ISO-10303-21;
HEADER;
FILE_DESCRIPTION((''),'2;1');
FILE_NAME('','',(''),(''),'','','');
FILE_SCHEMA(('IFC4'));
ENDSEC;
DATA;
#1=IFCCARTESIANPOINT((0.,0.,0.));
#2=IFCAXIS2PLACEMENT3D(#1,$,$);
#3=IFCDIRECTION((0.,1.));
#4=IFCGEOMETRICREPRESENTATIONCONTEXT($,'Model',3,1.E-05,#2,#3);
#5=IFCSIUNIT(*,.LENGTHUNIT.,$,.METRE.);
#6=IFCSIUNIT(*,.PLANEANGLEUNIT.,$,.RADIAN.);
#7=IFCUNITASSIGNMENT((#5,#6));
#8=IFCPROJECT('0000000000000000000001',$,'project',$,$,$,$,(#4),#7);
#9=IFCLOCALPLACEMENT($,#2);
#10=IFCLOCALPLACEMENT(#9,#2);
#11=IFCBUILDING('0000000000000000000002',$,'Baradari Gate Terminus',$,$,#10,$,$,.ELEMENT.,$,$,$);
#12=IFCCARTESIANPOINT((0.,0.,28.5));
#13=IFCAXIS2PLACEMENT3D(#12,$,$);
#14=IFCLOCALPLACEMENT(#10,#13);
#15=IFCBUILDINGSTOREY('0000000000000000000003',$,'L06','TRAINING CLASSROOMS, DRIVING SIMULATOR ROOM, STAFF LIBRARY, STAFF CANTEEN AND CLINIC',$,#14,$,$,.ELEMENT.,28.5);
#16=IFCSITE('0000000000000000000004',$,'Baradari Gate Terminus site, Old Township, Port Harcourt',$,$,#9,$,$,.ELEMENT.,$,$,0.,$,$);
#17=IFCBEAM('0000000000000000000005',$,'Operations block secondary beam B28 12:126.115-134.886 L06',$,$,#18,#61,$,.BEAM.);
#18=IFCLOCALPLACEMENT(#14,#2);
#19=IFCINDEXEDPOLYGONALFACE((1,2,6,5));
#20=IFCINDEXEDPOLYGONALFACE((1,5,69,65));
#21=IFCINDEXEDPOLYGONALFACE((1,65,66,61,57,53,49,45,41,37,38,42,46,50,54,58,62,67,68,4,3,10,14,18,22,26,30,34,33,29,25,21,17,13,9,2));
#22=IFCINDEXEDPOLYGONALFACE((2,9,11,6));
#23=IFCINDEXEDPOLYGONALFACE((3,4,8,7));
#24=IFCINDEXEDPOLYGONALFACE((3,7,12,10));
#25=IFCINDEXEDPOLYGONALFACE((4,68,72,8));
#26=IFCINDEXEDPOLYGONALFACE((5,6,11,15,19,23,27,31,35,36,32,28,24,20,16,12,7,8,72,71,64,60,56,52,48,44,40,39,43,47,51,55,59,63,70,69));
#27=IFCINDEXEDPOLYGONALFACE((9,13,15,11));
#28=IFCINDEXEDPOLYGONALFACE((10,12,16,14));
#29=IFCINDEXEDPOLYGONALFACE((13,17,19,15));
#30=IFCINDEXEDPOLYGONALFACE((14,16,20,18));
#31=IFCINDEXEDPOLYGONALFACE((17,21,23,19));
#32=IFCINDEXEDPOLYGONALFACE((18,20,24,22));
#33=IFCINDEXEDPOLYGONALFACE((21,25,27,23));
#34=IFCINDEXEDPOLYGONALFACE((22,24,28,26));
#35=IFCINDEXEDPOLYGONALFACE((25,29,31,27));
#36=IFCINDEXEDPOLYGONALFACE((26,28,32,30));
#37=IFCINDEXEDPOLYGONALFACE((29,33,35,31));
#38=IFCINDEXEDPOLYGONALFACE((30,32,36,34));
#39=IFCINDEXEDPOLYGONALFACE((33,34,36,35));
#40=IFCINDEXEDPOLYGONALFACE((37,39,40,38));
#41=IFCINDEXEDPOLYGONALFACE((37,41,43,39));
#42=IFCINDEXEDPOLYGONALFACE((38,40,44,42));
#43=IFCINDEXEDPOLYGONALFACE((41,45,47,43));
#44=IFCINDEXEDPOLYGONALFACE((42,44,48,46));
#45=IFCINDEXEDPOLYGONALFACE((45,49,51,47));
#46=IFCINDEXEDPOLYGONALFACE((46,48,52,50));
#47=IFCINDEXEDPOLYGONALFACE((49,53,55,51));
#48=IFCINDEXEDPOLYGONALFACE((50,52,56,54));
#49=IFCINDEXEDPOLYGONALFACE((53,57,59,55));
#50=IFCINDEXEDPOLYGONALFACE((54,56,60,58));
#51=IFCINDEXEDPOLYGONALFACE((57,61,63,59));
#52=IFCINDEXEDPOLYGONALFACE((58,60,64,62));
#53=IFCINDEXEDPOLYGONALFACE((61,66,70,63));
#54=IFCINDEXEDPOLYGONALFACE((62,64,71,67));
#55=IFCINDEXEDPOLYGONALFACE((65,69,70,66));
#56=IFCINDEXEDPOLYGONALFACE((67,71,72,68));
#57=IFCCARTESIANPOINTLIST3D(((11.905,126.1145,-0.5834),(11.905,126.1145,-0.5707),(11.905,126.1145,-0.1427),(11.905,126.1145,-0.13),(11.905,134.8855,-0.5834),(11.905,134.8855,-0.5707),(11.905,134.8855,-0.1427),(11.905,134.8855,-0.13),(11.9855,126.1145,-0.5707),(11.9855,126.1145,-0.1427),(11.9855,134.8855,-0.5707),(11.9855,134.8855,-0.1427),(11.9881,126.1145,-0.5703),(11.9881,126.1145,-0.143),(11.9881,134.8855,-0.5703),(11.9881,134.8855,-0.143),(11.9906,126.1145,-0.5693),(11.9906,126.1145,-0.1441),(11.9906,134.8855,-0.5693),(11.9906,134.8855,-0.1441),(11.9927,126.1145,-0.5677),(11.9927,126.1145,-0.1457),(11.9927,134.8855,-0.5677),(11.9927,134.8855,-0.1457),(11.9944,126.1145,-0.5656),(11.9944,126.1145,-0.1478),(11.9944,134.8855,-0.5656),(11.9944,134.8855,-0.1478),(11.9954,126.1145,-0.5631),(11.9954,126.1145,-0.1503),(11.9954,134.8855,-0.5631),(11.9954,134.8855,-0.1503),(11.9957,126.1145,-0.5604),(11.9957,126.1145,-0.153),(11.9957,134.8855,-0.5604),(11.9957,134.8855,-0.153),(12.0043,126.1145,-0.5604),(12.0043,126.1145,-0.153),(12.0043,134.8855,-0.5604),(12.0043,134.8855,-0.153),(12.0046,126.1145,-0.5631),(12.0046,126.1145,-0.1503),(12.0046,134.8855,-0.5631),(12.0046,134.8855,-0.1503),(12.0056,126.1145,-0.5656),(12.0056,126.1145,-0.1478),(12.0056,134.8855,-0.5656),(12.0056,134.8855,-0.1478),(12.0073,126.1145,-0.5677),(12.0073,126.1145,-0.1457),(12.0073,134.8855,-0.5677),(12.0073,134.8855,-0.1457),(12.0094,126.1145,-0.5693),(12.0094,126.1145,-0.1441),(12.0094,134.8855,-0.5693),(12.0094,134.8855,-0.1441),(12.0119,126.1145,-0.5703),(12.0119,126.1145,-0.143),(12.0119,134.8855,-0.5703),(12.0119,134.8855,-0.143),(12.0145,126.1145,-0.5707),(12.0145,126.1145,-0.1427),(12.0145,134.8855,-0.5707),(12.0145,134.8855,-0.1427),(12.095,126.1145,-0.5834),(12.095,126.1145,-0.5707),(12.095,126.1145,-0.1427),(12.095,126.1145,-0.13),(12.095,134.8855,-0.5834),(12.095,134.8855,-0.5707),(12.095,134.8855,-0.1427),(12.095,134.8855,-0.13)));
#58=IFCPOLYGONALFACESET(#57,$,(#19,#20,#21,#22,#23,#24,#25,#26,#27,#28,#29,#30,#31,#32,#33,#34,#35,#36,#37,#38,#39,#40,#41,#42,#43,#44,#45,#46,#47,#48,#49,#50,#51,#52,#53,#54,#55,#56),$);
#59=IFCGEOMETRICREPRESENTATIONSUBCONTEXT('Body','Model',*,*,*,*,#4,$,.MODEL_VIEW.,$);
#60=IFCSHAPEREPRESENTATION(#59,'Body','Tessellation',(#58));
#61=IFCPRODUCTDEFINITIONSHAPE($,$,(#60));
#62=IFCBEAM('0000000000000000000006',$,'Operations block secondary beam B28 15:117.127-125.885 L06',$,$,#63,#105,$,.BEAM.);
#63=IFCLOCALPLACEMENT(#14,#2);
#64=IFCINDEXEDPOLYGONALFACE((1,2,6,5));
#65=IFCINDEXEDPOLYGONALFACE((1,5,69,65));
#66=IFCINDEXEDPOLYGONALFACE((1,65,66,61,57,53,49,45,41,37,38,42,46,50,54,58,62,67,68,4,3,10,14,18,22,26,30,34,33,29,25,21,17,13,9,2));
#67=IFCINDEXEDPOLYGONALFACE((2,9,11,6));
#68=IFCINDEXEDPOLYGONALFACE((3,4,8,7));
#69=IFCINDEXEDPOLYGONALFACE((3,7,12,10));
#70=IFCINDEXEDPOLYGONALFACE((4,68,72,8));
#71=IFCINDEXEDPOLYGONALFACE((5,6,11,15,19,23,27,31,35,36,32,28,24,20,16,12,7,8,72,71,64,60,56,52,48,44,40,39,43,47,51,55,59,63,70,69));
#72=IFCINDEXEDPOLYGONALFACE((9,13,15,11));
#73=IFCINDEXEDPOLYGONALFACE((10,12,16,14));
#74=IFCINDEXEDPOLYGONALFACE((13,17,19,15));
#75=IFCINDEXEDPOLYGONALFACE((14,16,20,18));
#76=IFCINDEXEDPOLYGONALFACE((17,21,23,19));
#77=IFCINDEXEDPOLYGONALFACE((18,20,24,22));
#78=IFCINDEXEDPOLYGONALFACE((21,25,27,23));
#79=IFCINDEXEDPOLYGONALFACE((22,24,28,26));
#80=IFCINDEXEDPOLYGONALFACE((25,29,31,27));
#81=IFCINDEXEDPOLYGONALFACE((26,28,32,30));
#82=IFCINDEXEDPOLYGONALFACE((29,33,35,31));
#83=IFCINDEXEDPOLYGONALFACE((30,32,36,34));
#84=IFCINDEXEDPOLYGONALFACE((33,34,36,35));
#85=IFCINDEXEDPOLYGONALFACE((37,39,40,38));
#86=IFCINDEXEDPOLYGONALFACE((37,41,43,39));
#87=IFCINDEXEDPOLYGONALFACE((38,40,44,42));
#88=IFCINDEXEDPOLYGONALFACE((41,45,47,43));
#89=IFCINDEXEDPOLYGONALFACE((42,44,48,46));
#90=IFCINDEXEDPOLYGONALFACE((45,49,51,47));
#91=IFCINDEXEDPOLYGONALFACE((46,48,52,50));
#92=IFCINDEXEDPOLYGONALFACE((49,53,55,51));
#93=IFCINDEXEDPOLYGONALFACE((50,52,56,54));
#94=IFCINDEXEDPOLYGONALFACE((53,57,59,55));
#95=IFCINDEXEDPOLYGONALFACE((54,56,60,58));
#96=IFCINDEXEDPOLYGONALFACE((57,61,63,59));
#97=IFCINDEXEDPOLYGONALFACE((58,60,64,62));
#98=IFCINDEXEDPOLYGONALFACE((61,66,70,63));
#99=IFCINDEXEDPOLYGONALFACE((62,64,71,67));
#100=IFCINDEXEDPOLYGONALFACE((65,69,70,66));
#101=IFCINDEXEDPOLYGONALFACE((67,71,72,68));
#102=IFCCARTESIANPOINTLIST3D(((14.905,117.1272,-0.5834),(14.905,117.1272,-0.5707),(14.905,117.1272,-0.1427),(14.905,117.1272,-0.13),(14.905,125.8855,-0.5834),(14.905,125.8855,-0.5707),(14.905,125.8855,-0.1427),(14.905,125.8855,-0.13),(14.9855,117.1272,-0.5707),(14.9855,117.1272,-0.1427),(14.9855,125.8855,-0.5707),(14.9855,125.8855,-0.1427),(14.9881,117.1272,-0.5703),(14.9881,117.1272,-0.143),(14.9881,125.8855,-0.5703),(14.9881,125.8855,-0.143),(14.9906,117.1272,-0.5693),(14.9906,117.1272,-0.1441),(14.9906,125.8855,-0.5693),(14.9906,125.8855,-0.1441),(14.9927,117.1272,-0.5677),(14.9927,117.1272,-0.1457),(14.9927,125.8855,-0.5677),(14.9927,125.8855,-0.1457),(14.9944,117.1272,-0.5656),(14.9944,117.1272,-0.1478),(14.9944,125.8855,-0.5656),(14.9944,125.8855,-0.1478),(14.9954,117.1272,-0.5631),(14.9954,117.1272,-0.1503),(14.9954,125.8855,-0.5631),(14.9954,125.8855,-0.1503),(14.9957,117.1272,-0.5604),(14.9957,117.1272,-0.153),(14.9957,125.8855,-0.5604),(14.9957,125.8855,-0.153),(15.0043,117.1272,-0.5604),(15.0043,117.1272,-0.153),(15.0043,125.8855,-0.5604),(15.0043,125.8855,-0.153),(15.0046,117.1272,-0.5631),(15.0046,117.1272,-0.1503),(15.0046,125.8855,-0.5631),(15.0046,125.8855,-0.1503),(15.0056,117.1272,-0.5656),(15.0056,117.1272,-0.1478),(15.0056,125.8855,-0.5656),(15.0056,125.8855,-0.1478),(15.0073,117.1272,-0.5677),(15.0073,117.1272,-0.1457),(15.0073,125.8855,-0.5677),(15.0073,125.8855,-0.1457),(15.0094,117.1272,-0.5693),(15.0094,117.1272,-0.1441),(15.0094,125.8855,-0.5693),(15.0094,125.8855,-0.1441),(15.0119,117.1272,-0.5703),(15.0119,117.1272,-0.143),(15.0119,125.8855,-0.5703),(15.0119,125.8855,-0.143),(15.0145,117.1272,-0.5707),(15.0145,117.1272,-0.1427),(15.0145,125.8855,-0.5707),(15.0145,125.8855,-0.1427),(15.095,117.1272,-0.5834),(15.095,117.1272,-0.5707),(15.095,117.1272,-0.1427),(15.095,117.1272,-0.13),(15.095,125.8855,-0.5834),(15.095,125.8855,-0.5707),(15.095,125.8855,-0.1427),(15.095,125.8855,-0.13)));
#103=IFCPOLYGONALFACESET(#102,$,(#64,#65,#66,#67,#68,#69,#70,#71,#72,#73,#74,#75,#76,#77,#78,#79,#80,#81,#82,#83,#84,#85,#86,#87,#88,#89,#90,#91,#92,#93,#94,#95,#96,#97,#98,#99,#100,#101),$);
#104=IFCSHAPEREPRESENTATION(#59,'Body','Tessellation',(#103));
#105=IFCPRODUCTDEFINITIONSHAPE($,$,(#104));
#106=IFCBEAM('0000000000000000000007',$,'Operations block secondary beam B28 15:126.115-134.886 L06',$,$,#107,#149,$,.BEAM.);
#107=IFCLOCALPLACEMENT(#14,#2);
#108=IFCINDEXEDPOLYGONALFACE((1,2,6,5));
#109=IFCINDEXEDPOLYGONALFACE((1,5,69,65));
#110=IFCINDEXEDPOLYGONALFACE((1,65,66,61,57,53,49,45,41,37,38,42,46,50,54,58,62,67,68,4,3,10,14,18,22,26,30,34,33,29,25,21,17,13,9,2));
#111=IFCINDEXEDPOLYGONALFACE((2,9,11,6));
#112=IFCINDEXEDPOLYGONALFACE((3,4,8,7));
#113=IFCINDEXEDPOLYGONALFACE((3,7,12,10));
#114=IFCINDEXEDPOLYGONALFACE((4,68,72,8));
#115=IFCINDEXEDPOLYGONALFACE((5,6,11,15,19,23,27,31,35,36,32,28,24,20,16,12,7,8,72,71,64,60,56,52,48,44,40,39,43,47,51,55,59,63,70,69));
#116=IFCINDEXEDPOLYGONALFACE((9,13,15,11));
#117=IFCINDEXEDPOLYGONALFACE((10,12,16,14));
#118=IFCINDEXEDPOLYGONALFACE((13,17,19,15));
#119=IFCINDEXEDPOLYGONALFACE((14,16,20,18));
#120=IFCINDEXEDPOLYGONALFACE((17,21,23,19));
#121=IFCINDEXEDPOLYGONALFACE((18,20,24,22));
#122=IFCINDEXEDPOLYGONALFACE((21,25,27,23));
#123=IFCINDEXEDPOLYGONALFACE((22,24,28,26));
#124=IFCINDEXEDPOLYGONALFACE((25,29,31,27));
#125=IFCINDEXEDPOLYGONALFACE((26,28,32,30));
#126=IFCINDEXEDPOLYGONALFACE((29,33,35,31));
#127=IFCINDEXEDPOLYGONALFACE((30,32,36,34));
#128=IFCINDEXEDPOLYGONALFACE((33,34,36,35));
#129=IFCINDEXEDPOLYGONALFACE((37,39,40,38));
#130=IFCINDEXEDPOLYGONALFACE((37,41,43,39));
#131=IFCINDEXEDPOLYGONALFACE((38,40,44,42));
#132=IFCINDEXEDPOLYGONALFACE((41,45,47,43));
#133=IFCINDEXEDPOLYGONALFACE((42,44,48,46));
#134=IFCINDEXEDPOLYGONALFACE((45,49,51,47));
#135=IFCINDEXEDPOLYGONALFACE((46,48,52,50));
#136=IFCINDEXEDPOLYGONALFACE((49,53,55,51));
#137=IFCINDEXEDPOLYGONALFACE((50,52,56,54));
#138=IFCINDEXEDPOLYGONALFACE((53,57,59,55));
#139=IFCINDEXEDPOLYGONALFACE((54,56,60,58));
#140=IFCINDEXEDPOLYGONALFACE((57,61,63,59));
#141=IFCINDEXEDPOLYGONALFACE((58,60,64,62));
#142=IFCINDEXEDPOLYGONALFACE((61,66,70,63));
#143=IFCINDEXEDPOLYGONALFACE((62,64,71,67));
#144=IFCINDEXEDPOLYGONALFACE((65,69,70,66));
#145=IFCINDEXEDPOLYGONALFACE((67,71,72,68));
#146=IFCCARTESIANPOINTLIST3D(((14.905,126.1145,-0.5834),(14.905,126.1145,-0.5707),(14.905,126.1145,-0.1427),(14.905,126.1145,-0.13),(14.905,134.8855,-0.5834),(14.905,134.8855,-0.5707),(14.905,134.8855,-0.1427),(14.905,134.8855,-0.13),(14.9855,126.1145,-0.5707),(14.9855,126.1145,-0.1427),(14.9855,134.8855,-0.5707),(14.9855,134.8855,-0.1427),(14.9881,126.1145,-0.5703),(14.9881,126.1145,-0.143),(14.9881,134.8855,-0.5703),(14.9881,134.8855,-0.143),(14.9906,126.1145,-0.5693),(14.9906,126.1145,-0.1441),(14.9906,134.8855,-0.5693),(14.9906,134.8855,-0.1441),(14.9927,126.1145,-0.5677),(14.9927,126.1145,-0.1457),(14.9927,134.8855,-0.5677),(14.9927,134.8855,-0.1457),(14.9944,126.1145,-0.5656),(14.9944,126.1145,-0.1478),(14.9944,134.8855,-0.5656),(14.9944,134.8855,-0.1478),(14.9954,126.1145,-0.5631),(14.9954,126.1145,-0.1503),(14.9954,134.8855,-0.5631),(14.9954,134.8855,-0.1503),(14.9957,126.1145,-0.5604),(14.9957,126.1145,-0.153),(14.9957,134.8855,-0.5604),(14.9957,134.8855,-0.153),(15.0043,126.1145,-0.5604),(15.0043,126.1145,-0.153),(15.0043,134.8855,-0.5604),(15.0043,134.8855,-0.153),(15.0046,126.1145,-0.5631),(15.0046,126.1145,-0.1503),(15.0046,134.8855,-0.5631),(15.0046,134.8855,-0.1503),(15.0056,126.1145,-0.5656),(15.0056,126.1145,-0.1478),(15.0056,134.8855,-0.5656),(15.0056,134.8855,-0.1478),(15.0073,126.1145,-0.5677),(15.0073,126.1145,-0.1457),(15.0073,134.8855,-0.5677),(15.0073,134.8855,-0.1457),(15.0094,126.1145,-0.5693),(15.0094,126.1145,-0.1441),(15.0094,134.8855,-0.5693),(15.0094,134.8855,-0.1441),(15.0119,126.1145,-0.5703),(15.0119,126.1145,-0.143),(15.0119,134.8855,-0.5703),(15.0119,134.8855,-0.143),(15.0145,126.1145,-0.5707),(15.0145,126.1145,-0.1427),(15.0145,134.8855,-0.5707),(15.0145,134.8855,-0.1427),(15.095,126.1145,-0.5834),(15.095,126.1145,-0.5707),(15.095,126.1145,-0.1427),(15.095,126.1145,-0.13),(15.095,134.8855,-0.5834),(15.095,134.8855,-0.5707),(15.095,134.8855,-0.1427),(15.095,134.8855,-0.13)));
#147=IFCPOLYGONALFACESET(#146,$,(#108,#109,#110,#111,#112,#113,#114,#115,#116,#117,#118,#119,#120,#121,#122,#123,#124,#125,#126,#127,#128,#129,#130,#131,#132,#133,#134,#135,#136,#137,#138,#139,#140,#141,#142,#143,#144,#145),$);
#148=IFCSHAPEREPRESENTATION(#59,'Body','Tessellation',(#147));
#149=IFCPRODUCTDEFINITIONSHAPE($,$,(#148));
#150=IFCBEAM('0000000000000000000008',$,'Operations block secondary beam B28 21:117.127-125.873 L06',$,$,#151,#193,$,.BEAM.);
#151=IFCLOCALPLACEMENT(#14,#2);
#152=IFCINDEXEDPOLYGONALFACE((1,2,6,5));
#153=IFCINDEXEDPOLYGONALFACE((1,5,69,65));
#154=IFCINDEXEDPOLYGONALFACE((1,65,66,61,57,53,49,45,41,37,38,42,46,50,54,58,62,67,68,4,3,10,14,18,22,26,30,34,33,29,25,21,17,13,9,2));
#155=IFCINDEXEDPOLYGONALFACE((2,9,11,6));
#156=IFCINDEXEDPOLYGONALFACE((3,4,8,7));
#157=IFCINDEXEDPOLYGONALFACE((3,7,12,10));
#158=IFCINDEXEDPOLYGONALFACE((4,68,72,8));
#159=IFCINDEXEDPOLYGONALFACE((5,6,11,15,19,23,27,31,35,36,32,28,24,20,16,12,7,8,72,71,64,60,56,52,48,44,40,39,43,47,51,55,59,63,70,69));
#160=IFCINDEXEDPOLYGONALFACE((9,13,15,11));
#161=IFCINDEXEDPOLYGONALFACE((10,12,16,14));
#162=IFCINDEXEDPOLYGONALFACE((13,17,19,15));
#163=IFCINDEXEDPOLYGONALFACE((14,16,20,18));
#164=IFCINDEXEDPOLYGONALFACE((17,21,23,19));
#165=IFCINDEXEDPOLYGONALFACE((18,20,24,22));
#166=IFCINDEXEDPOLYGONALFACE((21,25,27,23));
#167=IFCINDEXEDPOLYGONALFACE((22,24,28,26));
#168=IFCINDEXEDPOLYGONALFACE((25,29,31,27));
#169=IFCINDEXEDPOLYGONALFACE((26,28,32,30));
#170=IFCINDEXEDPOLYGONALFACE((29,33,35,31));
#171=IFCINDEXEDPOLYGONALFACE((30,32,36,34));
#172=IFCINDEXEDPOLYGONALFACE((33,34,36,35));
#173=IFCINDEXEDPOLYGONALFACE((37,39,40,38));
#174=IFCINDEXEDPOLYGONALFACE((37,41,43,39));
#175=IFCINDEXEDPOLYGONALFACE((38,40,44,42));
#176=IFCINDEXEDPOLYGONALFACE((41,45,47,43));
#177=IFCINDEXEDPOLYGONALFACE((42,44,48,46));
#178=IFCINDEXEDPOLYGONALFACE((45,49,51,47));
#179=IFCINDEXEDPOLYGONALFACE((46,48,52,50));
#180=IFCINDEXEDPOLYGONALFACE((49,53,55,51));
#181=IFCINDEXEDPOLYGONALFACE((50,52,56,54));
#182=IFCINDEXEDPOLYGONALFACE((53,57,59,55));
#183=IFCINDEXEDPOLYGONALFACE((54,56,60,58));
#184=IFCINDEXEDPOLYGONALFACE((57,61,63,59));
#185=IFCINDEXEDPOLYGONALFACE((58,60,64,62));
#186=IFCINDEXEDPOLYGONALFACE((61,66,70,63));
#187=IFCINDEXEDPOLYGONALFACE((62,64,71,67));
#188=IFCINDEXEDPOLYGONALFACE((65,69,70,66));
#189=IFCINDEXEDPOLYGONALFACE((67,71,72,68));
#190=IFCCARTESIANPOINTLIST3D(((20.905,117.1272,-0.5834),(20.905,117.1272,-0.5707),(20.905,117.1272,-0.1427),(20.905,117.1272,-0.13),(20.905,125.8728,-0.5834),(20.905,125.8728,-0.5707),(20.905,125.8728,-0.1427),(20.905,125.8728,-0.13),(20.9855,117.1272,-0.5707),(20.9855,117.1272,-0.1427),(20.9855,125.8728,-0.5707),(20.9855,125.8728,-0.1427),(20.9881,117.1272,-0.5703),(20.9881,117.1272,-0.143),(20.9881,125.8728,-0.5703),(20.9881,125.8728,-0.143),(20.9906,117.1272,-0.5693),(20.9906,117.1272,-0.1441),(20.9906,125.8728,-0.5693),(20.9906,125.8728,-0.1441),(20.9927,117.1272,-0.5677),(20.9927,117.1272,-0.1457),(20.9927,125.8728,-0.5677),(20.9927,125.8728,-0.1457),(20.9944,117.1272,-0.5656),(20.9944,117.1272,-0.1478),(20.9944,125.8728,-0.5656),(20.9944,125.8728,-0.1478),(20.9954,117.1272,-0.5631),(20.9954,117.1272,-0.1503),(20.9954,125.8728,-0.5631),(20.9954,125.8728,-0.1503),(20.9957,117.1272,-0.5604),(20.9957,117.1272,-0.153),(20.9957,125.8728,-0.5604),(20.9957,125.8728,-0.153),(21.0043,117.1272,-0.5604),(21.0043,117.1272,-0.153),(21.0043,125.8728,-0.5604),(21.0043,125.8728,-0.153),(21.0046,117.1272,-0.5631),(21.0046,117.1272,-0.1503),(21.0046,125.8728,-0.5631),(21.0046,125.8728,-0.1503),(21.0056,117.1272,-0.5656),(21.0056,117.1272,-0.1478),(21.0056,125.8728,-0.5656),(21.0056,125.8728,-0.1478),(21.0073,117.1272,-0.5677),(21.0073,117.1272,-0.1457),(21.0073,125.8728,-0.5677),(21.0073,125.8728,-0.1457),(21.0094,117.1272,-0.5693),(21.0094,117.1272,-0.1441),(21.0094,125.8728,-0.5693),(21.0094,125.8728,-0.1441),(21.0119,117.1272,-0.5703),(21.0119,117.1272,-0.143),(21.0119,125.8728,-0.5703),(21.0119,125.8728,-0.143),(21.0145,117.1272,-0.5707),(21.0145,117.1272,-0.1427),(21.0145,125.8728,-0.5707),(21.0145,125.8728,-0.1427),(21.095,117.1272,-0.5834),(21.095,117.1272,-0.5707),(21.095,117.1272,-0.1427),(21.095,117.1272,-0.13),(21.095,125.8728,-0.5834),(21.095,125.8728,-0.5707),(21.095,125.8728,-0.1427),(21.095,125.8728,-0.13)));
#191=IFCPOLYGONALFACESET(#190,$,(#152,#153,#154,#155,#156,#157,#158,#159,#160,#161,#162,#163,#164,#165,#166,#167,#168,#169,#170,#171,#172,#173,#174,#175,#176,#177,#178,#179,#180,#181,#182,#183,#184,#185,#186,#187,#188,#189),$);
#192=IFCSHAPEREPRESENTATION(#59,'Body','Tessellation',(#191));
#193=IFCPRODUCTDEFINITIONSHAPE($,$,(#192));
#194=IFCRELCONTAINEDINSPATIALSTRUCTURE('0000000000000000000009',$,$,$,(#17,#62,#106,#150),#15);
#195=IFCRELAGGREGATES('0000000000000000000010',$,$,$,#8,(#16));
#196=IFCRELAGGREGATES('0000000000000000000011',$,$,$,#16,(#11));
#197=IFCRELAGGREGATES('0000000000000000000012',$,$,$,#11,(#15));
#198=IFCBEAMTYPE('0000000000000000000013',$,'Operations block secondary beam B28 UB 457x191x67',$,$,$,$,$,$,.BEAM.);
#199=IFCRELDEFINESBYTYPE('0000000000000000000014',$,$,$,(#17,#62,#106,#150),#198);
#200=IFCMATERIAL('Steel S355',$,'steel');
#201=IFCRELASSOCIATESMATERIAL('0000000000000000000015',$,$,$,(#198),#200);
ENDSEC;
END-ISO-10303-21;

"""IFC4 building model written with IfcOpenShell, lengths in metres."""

from ifc_helpers import new_model, si_unit, direction, frame, origin, origin_2d, place, context, subcontext, project, spatial, i_section, extrude, material, material_profile, profile_set, type_object, element, save


model = new_model("IFC4")

# Units and contexts
model_context = context("Model", 3, precision=1e-05, world=origin(), true_north=direction((0.0, 1.0)))
body_context = subcontext(model_context, "Body", "Model", "MODEL_VIEW")
ifc_project = project(units=[si_unit("LENGTHUNIT", "METRE"), si_unit("PLANEANGLEUNIT", "RADIAN")], contexts=[model_context])

# Site, building, storey
site_placement = place(None, origin())
site = spatial("IfcSite", under=ifc_project, at=site_placement, Name="Baradari Gate Terminus site, Old Township, Port Harcourt", CompositionType="ELEMENT", RefElevation=0.0)
building_placement = place(site_placement, origin())
building = spatial("IfcBuilding", under=site, at=building_placement, Name="Baradari Gate Terminus", CompositionType="ELEMENT")
storey_placement = place(building_placement, frame((0.0, 0.0, 28.5)))
storey = spatial("IfcBuildingStorey", under=building, at=storey_placement, Name="L06", Description="TRAINING CLASSROOMS, DRIVING SIMULATOR ROOM, STAFF LIBRARY, STAFF CANTEEN AND CLINIC", CompositionType="ELEMENT", Elevation=28.5)

# Beams
ifc_material_1 = material(Name="Steel S355", Category="steel")
ifc_material_profile_1 = material_profile(ifc_material_1, i_section(OverallWidth=0.1899, OverallDepth=0.4534, WebThickness=0.0085, FlangeThickness=0.0127, FilletRadius=0.0103, at=origin_2d()), Name="UB 457x191x67")
ifc_profile_set_1 = profile_set([ifc_material_profile_1], Name="Steel S355")
beam_type_1 = type_object("IfcBeamType", Name="Operations block secondary beam B28 UB 457x191x67", PredefinedType="BEAM", material=ifc_profile_set_1)
beam_1_placement = place(storey_placement, frame((12.0, 126.1145, -0.3567), z_axis=(0.0, 1.0, 0.0), x_axis=(-1.0, 0.0, 0.0)))
element("IfcBeam", 1, at=beam_1_placement, inside=storey, type_object=beam_type_1, Name="Operations block secondary beam B28 12:126.115-134.886 L06", PredefinedType="BEAM", context=body_context, shape_type="SweptSolid", body=[
    extrude(i_section(OverallWidth=0.1899, OverallDepth=0.4534, WebThickness=0.0085, FlangeThickness=0.0127, FilletRadius=0.0103, at=origin_2d()), origin(), (0.0, 0.0, 1.0), 8.771),
])
beam_2_placement = place(storey_placement, frame((15.0, 117.1272, -0.3567), z_axis=(0.0, 1.0, 0.0), x_axis=(-1.0, 0.0, 0.0)))
element("IfcBeam", 2, at=beam_2_placement, inside=storey, type_object=beam_type_1, Name="Operations block secondary beam B28 15:117.127-125.885 L06", PredefinedType="BEAM", context=body_context, shape_type="SweptSolid", body=[
    extrude(i_section(OverallWidth=0.1899, OverallDepth=0.4534, WebThickness=0.0085, FlangeThickness=0.0127, FilletRadius=0.0103, at=origin_2d()), origin(), (0.0, 0.0, 1.0), 8.7583),
])
beam_3_placement = place(storey_placement, frame((15.0, 126.1145, -0.3567), z_axis=(0.0, 1.0, 0.0), x_axis=(-1.0, 0.0, 0.0)))
element("IfcBeam", 3, at=beam_3_placement, inside=storey, type_object=beam_type_1, Name="Operations block secondary beam B28 15:126.115-134.886 L06", PredefinedType="BEAM", context=body_context, shape_type="SweptSolid", body=[
    extrude(i_section(OverallWidth=0.1899, OverallDepth=0.4534, WebThickness=0.0085, FlangeThickness=0.0127, FilletRadius=0.0103, at=origin_2d()), origin(), (0.0, 0.0, 1.0), 8.771),
])
for number, where, z_axis, x_axis, name in (
    (4, (21.0, 117.1272, -0.3567), (0.0, 1.0, 0.0), (-1.0, 0.0, 0.0), "Operations block secondary beam B28 21:117.127-125.873 L06"),
):
    element("IfcBeam", number, at=place(storey_placement, frame(where, z_axis=z_axis, x_axis=x_axis)), inside=storey, type_object=beam_type_1, Name=name, PredefinedType="BEAM", context=body_context, shape_type="SweptSolid", body=[
        extrude(i_section(OverallWidth=0.1899, OverallDepth=0.4534, WebThickness=0.0085, FlangeThickness=0.0127, FilletRadius=0.0103, at=origin_2d()), origin(), (0.0, 0.0, 1.0), 8.7456),
    ])

save(model, "model.ifc")
